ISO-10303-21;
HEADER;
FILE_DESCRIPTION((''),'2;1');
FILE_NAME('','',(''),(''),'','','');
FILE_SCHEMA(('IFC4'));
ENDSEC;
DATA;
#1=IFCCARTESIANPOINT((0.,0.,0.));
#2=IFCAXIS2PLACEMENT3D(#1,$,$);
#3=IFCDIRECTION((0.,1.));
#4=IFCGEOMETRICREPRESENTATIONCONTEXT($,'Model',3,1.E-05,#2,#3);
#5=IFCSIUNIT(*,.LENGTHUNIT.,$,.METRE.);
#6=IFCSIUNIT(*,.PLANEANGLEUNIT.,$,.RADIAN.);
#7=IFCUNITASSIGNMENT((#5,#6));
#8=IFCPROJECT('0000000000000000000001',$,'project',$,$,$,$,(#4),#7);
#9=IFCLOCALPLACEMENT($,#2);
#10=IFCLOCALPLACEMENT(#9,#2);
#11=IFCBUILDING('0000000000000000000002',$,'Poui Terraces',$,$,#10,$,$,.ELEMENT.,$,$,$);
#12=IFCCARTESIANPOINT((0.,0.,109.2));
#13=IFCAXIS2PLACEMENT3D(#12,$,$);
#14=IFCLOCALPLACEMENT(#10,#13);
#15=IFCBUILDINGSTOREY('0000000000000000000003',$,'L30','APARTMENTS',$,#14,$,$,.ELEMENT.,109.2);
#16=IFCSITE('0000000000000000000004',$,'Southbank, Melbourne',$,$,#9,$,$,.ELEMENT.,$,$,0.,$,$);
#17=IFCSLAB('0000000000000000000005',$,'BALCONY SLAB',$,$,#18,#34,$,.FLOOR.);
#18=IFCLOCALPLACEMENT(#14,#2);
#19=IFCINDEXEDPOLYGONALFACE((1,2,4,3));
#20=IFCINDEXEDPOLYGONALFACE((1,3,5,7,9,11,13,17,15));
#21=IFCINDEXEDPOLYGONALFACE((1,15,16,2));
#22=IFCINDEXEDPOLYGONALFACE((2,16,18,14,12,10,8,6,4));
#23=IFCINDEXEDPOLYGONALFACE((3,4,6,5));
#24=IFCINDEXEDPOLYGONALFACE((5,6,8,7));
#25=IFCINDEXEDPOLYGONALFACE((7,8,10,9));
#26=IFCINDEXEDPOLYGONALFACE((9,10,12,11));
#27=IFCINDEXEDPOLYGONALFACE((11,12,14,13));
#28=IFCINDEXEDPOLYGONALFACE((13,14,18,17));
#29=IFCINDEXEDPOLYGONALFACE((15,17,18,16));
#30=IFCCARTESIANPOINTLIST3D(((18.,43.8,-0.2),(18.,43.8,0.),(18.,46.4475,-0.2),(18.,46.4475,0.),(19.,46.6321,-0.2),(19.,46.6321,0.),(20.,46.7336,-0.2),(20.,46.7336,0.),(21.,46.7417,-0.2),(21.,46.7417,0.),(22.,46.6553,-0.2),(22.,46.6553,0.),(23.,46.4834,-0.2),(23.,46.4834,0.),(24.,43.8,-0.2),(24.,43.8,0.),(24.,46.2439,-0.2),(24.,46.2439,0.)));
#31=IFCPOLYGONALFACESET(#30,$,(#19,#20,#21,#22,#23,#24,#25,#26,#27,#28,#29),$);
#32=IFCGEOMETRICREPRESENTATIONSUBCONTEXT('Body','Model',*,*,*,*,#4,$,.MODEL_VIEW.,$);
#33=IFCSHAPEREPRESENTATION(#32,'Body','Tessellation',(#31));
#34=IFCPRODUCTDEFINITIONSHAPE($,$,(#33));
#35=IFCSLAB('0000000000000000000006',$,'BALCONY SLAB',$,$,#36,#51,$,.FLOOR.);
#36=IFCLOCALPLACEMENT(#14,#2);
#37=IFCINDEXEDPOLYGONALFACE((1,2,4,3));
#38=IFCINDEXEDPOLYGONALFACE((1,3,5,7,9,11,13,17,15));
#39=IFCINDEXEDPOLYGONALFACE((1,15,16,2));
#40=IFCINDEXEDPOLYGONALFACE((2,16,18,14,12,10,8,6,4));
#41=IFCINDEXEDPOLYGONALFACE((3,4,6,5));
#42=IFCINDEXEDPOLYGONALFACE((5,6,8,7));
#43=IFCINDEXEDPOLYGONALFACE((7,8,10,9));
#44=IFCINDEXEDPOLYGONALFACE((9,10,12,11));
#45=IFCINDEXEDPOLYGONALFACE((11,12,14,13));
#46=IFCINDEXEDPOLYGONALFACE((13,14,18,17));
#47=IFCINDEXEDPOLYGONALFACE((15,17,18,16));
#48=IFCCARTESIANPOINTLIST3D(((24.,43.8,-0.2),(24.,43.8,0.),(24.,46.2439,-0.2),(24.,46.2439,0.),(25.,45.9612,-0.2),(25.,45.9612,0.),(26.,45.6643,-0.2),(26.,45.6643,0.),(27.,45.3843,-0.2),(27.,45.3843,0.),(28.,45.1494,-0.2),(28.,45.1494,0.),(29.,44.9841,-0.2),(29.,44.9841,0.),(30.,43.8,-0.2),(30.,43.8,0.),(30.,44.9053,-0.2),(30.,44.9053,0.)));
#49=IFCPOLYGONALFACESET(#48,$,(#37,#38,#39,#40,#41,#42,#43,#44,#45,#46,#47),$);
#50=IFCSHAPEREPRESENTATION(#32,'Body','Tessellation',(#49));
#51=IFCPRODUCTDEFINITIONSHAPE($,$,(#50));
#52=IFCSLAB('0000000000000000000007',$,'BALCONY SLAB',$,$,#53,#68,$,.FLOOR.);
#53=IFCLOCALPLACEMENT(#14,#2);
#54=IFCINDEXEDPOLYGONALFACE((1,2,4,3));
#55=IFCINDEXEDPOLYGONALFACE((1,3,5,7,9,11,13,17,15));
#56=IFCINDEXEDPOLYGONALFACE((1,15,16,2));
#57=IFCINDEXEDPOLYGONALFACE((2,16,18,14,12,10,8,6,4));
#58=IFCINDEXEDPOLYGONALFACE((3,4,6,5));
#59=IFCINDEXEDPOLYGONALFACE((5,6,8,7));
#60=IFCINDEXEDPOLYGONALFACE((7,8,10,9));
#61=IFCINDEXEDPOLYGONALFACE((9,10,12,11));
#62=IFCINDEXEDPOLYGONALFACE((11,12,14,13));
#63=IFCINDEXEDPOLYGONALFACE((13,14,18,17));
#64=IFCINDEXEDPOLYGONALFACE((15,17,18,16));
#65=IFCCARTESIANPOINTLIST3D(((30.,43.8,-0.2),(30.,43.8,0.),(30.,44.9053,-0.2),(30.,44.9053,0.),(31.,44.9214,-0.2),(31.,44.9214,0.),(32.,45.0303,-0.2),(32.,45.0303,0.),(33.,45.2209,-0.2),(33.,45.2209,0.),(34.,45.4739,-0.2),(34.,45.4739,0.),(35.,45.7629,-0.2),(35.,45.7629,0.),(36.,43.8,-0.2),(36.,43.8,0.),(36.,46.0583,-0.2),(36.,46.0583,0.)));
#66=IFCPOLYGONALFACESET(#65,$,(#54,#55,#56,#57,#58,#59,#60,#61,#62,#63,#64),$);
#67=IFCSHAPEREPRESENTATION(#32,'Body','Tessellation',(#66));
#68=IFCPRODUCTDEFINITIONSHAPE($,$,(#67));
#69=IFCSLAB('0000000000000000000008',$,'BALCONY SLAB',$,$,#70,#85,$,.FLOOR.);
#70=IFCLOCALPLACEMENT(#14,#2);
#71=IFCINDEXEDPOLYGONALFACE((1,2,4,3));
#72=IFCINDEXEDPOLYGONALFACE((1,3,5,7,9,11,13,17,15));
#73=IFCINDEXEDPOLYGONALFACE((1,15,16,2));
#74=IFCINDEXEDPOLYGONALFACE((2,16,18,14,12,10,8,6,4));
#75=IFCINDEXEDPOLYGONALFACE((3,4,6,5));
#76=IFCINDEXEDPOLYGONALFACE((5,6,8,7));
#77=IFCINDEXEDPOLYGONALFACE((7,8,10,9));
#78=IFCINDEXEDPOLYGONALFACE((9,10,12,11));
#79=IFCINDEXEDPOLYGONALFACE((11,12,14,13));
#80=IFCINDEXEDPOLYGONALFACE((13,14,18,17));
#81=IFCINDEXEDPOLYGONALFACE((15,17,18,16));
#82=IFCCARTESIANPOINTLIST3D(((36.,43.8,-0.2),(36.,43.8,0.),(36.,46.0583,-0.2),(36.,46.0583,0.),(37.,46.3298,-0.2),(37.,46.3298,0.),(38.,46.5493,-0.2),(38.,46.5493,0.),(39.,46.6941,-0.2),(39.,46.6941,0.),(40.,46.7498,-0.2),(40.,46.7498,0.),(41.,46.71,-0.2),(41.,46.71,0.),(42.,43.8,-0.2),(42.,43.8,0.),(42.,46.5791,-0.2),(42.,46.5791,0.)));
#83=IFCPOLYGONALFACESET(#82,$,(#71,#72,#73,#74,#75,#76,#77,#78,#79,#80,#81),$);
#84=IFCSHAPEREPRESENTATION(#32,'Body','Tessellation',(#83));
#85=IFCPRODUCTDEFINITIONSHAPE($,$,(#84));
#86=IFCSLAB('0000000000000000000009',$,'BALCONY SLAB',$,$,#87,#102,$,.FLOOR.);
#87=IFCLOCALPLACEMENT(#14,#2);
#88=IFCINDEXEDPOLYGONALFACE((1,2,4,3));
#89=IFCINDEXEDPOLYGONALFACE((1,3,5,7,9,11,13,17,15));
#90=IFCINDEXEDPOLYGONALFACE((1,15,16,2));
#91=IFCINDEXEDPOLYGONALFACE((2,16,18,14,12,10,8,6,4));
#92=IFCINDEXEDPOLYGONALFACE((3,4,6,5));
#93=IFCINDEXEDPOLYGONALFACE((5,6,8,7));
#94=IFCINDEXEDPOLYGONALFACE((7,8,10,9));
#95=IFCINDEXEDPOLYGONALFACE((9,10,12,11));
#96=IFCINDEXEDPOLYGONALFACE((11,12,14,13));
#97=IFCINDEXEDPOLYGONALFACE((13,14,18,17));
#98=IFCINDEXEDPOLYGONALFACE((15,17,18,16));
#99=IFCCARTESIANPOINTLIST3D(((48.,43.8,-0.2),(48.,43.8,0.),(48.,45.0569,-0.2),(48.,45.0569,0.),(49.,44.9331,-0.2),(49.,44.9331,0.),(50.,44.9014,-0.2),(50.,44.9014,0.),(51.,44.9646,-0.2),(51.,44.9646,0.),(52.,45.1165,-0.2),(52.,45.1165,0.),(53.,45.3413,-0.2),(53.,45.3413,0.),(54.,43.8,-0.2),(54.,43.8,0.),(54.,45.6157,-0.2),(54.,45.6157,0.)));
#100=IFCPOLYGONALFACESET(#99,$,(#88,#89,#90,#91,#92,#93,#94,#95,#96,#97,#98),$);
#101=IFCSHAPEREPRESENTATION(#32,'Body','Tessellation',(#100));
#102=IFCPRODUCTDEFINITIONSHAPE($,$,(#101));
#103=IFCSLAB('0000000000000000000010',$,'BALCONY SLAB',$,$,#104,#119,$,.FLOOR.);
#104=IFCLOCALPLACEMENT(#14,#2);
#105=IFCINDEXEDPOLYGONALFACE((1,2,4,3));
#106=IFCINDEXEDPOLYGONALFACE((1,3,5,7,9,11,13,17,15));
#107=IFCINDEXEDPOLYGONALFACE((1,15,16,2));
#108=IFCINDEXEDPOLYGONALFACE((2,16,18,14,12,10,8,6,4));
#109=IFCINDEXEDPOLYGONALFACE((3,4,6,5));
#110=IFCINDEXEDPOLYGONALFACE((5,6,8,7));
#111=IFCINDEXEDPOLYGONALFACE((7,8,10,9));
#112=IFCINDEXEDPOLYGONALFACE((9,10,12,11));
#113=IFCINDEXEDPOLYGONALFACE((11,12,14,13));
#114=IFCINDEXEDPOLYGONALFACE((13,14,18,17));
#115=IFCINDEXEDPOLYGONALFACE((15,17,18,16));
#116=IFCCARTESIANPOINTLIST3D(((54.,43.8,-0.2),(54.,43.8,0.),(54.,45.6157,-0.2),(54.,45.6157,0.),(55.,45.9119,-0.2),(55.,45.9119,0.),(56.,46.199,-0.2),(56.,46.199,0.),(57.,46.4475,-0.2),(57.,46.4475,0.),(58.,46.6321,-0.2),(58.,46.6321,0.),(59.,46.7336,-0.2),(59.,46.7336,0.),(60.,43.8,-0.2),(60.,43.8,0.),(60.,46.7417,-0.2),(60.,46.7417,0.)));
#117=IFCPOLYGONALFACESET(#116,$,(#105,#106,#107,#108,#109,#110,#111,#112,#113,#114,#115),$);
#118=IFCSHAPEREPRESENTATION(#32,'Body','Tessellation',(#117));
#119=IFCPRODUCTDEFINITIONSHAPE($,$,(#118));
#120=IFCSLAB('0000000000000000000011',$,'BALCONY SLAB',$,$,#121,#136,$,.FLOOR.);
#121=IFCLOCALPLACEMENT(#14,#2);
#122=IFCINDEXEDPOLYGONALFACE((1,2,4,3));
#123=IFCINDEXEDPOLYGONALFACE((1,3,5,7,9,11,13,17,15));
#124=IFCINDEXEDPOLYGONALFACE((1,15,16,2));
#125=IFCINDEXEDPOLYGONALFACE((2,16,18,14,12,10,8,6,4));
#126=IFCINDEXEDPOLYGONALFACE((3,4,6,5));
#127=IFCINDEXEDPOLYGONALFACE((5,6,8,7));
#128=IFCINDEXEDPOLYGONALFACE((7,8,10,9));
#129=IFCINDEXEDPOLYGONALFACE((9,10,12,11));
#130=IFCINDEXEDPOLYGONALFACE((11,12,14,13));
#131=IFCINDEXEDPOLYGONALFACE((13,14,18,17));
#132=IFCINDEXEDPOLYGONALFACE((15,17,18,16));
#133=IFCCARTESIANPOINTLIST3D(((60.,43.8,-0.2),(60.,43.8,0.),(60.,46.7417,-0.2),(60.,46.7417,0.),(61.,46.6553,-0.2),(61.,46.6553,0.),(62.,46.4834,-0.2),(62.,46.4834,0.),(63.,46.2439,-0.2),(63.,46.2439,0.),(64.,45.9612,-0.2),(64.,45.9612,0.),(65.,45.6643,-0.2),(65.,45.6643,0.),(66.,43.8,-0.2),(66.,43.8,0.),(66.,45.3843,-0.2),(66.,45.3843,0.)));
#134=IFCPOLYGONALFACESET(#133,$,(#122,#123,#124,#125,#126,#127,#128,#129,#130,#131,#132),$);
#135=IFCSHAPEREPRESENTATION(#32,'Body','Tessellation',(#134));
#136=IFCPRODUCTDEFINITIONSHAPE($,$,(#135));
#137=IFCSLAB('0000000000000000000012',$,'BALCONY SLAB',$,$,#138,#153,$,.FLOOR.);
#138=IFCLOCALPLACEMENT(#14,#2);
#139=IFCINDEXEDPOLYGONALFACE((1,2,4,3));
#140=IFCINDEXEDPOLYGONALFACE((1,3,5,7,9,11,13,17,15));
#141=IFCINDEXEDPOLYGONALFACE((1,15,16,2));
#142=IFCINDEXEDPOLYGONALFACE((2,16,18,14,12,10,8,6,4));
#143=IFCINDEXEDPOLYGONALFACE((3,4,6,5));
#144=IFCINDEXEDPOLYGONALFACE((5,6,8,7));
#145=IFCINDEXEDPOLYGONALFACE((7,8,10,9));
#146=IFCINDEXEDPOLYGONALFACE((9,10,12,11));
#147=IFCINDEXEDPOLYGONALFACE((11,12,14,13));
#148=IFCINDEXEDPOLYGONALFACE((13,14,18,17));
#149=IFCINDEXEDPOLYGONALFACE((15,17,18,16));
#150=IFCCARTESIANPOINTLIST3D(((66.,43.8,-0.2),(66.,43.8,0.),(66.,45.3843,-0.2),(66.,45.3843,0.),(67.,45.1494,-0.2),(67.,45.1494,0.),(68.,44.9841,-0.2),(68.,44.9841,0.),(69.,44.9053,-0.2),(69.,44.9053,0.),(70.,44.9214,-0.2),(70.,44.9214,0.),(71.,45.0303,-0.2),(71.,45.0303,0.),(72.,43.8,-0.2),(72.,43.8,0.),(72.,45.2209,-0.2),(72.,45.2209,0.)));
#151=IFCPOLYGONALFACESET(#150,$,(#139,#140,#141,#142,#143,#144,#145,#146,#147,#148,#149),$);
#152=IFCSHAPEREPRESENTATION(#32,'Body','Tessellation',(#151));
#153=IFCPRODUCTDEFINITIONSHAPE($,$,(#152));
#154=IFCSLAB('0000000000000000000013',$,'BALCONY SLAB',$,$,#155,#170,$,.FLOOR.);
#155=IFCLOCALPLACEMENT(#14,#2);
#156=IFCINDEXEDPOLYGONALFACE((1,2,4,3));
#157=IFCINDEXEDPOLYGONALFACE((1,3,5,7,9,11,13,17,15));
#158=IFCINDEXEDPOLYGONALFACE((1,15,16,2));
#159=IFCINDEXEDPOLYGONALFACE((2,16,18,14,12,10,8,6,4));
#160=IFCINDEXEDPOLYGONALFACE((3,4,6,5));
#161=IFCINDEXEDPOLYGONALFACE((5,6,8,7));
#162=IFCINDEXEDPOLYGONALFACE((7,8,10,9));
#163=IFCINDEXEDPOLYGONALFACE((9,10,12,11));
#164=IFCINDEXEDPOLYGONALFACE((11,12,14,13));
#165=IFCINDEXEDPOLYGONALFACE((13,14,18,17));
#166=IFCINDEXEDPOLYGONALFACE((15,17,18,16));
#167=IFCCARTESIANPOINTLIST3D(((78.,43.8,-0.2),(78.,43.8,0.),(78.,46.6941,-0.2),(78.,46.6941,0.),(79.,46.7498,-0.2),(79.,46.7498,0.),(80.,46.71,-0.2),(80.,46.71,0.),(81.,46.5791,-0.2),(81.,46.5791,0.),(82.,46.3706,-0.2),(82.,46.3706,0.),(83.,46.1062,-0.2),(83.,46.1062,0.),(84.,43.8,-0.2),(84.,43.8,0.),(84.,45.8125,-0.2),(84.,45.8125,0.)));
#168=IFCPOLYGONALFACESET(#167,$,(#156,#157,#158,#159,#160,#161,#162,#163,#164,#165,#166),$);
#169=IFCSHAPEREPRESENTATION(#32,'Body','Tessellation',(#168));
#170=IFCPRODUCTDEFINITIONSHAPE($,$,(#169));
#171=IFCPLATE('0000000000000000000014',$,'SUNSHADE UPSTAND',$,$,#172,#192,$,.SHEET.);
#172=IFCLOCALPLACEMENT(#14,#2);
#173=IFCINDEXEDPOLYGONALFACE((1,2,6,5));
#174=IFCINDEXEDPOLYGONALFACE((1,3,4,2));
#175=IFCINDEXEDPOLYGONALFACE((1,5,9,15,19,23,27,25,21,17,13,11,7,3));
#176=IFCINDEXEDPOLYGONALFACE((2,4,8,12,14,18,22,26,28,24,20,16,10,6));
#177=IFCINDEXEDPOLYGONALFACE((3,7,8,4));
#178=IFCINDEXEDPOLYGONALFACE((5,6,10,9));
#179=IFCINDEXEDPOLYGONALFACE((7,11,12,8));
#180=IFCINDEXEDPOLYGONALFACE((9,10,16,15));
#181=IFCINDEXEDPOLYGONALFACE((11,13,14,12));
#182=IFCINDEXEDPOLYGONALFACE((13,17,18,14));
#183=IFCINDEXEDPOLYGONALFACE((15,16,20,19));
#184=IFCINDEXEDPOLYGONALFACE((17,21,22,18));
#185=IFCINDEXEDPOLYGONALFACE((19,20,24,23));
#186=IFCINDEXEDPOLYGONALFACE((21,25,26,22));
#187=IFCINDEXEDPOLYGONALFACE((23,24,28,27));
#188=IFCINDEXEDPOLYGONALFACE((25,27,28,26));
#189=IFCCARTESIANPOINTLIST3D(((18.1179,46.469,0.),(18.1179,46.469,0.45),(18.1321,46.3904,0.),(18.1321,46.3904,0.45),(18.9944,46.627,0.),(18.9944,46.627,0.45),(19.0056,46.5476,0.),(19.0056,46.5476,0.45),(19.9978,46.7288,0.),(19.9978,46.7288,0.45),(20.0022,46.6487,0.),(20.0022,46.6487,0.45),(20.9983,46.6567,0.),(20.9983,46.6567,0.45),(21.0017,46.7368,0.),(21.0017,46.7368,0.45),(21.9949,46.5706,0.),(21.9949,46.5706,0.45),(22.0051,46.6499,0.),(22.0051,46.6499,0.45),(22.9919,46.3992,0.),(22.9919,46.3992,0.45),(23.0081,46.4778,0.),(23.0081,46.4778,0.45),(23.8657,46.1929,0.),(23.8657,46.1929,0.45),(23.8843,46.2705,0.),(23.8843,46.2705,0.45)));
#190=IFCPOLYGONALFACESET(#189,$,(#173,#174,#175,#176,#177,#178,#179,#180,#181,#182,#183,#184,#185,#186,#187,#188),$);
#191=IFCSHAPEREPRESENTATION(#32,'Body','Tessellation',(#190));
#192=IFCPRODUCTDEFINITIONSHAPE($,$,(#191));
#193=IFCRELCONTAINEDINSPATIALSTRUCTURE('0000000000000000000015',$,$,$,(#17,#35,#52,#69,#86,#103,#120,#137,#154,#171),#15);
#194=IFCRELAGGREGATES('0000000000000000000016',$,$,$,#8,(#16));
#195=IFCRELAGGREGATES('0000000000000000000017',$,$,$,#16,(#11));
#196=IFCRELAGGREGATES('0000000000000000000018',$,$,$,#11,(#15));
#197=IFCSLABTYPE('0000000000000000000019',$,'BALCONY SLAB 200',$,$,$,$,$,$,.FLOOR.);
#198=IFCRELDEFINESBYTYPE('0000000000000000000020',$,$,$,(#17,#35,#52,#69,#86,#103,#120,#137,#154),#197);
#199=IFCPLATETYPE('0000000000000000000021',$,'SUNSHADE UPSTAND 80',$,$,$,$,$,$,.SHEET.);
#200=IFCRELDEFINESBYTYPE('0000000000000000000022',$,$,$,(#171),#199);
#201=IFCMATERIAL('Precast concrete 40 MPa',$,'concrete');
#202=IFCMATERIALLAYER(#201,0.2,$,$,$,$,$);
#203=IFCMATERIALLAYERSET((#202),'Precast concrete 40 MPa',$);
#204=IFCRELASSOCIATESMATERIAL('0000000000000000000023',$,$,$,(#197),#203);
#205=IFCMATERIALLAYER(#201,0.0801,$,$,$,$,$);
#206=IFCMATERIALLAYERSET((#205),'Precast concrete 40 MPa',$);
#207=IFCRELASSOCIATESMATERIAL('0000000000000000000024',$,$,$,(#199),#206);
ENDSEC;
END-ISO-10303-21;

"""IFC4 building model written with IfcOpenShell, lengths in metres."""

from ifc_helpers import new_model, si_unit, direction, frame, origin, place, context, subcontext, project, spatial, polyline, outline, extrude, material, layer, layer_set, type_object, element, save


model = new_model("IFC4")

# Units and contexts
model_context = context("Model", 3, precision=1e-05, world=origin(), true_north=direction((0.0, 1.0)))
body_context = subcontext(model_context, "Body", "Model", "MODEL_VIEW")
ifc_project = project(units=[si_unit("LENGTHUNIT", "METRE"), si_unit("PLANEANGLEUNIT", "RADIAN")], contexts=[model_context])

# Site, building, storey
site_placement = place(None, origin())
site = spatial("IfcSite", under=ifc_project, at=site_placement, Name="Southbank, Melbourne", CompositionType="ELEMENT", RefElevation=0.0)
building_placement = place(site_placement, origin())
building = spatial("IfcBuilding", under=site, at=building_placement, Name="Poui Terraces", CompositionType="ELEMENT")
storey_placement = place(building_placement, frame((0.0, 0.0, 109.2)))
storey = spatial("IfcBuildingStorey", under=building, at=storey_placement, Name="L30", Description="APARTMENTS", CompositionType="ELEMENT", Elevation=109.2)

# Slabs
ifc_material = material(Name="Precast concrete 40 MPa", Category="concrete")
ifc_layer_1 = layer(ifc_material, 0.2)
ifc_layer_set_1 = layer_set([ifc_layer_1], Name="Precast concrete 40 MPa")
slab_type = type_object("IfcSlabType", Name="BALCONY SLAB 200", PredefinedType="FLOOR", material=ifc_layer_set_1)
slab_1_placement = place(storey_placement, frame((0.0, 0.0, -0.2)))
element("IfcSlab", 1, at=slab_1_placement, inside=storey, type_object=slab_type, Name="BALCONY SLAB", PredefinedType="FLOOR", context=body_context, shape_type="SweptSolid", body=[
    extrude(outline(polyline([(18.0, 43.8), (24.0, 43.8), (24.0, 46.2439), (23.0, 46.4834), (22.0, 46.6553), (21.0, 46.7417), (20.0, 46.7336), (19.0, 46.6321), (18.0, 46.4475), (18.0, 43.8)])), origin(), (0.0, 0.0, 1.0), 0.2),
])
slab_2_placement = place(storey_placement, frame((0.0, 0.0, -0.2)))
element("IfcSlab", 2, at=slab_2_placement, inside=storey, type_object=slab_type, Name="BALCONY SLAB", PredefinedType="FLOOR", context=body_context, shape_type="SweptSolid", body=[
    extrude(outline(polyline([(24.0, 43.8), (30.0, 43.8), (30.0, 44.9053), (29.0, 44.9841), (28.0, 45.1494), (27.0, 45.3843), (26.0, 45.6643), (25.0, 45.9612), (24.0, 46.2439), (24.0, 43.8)])), origin(), (0.0, 0.0, 1.0), 0.2),
])
slab_3_placement = place(storey_placement, frame((0.0, 0.0, -0.2)))
element("IfcSlab", 3, at=slab_3_placement, inside=storey, type_object=slab_type, Name="BALCONY SLAB", PredefinedType="FLOOR", context=body_context, shape_type="SweptSolid", body=[
    extrude(outline(polyline([(30.0, 43.8), (36.0, 43.8), (36.0, 46.0583), (35.0, 45.7629), (34.0, 45.4739), (33.0, 45.2209), (32.0, 45.0303), (31.0, 44.9214), (30.0, 44.9053), (30.0, 43.8)])), origin(), (0.0, 0.0, 1.0), 0.2),
])
slab_4_placement = place(storey_placement, frame((0.0, 0.0, -0.2)))
element("IfcSlab", 4, at=slab_4_placement, inside=storey, type_object=slab_type, Name="BALCONY SLAB", PredefinedType="FLOOR", context=body_context, shape_type="SweptSolid", body=[
    extrude(outline(polyline([(36.0, 43.8), (42.0, 43.8), (42.0, 46.5791), (41.0, 46.71), (40.0, 46.7498), (39.0, 46.6941), (38.0, 46.5493), (37.0, 46.3298), (36.0, 46.0583), (36.0, 43.8)])), origin(), (0.0, 0.0, 1.0), 0.2),
])
slab_5_placement = place(storey_placement, frame((0.0, 0.0, -0.2)))
element("IfcSlab", 5, at=slab_5_placement, inside=storey, type_object=slab_type, Name="BALCONY SLAB", PredefinedType="FLOOR", context=body_context, shape_type="SweptSolid", body=[
    extrude(outline(polyline([(48.0, 43.8), (54.0, 43.8), (54.0, 45.6157), (53.0, 45.3413), (52.0, 45.1165), (51.0, 44.9646), (50.0, 44.9014), (49.0, 44.9331), (48.0, 45.0569), (48.0, 43.8)])), origin(), (0.0, 0.0, 1.0), 0.2),
])
slab_6_placement = place(storey_placement, frame((0.0, 0.0, -0.2)))
element("IfcSlab", 6, at=slab_6_placement, inside=storey, type_object=slab_type, Name="BALCONY SLAB", PredefinedType="FLOOR", context=body_context, shape_type="SweptSolid", body=[
    extrude(outline(polyline([(54.0, 43.8), (60.0, 43.8), (60.0, 46.7417), (59.0, 46.7336), (58.0, 46.6321), (57.0, 46.4475), (56.0, 46.199), (55.0, 45.9119), (54.0, 45.6157), (54.0, 43.8)])), origin(), (0.0, 0.0, 1.0), 0.2),
])
slab_7_placement = place(storey_placement, frame((0.0, 0.0, -0.2)))
element("IfcSlab", 7, at=slab_7_placement, inside=storey, type_object=slab_type, Name="BALCONY SLAB", PredefinedType="FLOOR", context=body_context, shape_type="SweptSolid", body=[
    extrude(outline(polyline([(60.0, 43.8), (66.0, 43.8), (66.0, 45.3843), (65.0, 45.6643), (64.0, 45.9612), (63.0, 46.2439), (62.0, 46.4834), (61.0, 46.6553), (60.0, 46.7417), (60.0, 43.8)])), origin(), (0.0, 0.0, 1.0), 0.2),
])
slab_8_placement = place(storey_placement, frame((0.0, 0.0, -0.2)))
element("IfcSlab", 8, at=slab_8_placement, inside=storey, type_object=slab_type, Name="BALCONY SLAB", PredefinedType="FLOOR", context=body_context, shape_type="SweptSolid", body=[
    extrude(outline(polyline([(66.0, 43.8), (72.0, 43.8), (72.0, 45.2209), (71.0, 45.0303), (70.0, 44.9214), (69.0, 44.9053), (68.0, 44.9841), (67.0, 45.1494), (66.0, 45.3843), (66.0, 43.8)])), origin(), (0.0, 0.0, 1.0), 0.2),
])
slab_9_placement = place(storey_placement, frame((0.0, 0.0, -0.2)))
element("IfcSlab", 9, at=slab_9_placement, inside=storey, type_object=slab_type, Name="BALCONY SLAB", PredefinedType="FLOOR", context=body_context, shape_type="SweptSolid", body=[
    extrude(outline(polyline([(78.0, 43.8), (84.0, 43.8), (84.0, 45.8125), (83.0, 46.1062), (82.0, 46.3706), (81.0, 46.5791), (80.0, 46.71), (79.0, 46.7498), (78.0, 46.6941), (78.0, 43.8)])), origin(), (0.0, 0.0, 1.0), 0.2),
])

# Plate
ifc_layer_2 = layer(ifc_material, 0.0801)
ifc_layer_set_2 = layer_set([ifc_layer_2], Name="Precast concrete 40 MPa")
plate_type = type_object("IfcPlateType", Name="SUNSHADE UPSTAND 80", PredefinedType="SHEET", material=ifc_layer_set_2)
plate_1_placement = place(storey_placement, origin())
element("IfcPlate", 10, at=plate_1_placement, inside=storey, type_object=plate_type, Name="SUNSHADE UPSTAND", PredefinedType="SHEET", context=body_context, shape_type="SweptSolid", body=[
    extrude(outline(polyline([(18.9944, 46.627), (18.1179, 46.469), (18.1321, 46.3904), (19.0056, 46.5476), (20.0022, 46.6487), (20.9983, 46.6567), (21.9949, 46.5706), (22.9919, 46.3992), (23.8657, 46.1929), (23.8843, 46.2705), (23.0081, 46.4778), (22.0051, 46.6499), (21.0017, 46.7368), (19.9978, 46.7288), (18.9944, 46.627)])), origin(), (0.0, 0.0, 1.0), 0.45),
])

save(model, "model.ifc")
